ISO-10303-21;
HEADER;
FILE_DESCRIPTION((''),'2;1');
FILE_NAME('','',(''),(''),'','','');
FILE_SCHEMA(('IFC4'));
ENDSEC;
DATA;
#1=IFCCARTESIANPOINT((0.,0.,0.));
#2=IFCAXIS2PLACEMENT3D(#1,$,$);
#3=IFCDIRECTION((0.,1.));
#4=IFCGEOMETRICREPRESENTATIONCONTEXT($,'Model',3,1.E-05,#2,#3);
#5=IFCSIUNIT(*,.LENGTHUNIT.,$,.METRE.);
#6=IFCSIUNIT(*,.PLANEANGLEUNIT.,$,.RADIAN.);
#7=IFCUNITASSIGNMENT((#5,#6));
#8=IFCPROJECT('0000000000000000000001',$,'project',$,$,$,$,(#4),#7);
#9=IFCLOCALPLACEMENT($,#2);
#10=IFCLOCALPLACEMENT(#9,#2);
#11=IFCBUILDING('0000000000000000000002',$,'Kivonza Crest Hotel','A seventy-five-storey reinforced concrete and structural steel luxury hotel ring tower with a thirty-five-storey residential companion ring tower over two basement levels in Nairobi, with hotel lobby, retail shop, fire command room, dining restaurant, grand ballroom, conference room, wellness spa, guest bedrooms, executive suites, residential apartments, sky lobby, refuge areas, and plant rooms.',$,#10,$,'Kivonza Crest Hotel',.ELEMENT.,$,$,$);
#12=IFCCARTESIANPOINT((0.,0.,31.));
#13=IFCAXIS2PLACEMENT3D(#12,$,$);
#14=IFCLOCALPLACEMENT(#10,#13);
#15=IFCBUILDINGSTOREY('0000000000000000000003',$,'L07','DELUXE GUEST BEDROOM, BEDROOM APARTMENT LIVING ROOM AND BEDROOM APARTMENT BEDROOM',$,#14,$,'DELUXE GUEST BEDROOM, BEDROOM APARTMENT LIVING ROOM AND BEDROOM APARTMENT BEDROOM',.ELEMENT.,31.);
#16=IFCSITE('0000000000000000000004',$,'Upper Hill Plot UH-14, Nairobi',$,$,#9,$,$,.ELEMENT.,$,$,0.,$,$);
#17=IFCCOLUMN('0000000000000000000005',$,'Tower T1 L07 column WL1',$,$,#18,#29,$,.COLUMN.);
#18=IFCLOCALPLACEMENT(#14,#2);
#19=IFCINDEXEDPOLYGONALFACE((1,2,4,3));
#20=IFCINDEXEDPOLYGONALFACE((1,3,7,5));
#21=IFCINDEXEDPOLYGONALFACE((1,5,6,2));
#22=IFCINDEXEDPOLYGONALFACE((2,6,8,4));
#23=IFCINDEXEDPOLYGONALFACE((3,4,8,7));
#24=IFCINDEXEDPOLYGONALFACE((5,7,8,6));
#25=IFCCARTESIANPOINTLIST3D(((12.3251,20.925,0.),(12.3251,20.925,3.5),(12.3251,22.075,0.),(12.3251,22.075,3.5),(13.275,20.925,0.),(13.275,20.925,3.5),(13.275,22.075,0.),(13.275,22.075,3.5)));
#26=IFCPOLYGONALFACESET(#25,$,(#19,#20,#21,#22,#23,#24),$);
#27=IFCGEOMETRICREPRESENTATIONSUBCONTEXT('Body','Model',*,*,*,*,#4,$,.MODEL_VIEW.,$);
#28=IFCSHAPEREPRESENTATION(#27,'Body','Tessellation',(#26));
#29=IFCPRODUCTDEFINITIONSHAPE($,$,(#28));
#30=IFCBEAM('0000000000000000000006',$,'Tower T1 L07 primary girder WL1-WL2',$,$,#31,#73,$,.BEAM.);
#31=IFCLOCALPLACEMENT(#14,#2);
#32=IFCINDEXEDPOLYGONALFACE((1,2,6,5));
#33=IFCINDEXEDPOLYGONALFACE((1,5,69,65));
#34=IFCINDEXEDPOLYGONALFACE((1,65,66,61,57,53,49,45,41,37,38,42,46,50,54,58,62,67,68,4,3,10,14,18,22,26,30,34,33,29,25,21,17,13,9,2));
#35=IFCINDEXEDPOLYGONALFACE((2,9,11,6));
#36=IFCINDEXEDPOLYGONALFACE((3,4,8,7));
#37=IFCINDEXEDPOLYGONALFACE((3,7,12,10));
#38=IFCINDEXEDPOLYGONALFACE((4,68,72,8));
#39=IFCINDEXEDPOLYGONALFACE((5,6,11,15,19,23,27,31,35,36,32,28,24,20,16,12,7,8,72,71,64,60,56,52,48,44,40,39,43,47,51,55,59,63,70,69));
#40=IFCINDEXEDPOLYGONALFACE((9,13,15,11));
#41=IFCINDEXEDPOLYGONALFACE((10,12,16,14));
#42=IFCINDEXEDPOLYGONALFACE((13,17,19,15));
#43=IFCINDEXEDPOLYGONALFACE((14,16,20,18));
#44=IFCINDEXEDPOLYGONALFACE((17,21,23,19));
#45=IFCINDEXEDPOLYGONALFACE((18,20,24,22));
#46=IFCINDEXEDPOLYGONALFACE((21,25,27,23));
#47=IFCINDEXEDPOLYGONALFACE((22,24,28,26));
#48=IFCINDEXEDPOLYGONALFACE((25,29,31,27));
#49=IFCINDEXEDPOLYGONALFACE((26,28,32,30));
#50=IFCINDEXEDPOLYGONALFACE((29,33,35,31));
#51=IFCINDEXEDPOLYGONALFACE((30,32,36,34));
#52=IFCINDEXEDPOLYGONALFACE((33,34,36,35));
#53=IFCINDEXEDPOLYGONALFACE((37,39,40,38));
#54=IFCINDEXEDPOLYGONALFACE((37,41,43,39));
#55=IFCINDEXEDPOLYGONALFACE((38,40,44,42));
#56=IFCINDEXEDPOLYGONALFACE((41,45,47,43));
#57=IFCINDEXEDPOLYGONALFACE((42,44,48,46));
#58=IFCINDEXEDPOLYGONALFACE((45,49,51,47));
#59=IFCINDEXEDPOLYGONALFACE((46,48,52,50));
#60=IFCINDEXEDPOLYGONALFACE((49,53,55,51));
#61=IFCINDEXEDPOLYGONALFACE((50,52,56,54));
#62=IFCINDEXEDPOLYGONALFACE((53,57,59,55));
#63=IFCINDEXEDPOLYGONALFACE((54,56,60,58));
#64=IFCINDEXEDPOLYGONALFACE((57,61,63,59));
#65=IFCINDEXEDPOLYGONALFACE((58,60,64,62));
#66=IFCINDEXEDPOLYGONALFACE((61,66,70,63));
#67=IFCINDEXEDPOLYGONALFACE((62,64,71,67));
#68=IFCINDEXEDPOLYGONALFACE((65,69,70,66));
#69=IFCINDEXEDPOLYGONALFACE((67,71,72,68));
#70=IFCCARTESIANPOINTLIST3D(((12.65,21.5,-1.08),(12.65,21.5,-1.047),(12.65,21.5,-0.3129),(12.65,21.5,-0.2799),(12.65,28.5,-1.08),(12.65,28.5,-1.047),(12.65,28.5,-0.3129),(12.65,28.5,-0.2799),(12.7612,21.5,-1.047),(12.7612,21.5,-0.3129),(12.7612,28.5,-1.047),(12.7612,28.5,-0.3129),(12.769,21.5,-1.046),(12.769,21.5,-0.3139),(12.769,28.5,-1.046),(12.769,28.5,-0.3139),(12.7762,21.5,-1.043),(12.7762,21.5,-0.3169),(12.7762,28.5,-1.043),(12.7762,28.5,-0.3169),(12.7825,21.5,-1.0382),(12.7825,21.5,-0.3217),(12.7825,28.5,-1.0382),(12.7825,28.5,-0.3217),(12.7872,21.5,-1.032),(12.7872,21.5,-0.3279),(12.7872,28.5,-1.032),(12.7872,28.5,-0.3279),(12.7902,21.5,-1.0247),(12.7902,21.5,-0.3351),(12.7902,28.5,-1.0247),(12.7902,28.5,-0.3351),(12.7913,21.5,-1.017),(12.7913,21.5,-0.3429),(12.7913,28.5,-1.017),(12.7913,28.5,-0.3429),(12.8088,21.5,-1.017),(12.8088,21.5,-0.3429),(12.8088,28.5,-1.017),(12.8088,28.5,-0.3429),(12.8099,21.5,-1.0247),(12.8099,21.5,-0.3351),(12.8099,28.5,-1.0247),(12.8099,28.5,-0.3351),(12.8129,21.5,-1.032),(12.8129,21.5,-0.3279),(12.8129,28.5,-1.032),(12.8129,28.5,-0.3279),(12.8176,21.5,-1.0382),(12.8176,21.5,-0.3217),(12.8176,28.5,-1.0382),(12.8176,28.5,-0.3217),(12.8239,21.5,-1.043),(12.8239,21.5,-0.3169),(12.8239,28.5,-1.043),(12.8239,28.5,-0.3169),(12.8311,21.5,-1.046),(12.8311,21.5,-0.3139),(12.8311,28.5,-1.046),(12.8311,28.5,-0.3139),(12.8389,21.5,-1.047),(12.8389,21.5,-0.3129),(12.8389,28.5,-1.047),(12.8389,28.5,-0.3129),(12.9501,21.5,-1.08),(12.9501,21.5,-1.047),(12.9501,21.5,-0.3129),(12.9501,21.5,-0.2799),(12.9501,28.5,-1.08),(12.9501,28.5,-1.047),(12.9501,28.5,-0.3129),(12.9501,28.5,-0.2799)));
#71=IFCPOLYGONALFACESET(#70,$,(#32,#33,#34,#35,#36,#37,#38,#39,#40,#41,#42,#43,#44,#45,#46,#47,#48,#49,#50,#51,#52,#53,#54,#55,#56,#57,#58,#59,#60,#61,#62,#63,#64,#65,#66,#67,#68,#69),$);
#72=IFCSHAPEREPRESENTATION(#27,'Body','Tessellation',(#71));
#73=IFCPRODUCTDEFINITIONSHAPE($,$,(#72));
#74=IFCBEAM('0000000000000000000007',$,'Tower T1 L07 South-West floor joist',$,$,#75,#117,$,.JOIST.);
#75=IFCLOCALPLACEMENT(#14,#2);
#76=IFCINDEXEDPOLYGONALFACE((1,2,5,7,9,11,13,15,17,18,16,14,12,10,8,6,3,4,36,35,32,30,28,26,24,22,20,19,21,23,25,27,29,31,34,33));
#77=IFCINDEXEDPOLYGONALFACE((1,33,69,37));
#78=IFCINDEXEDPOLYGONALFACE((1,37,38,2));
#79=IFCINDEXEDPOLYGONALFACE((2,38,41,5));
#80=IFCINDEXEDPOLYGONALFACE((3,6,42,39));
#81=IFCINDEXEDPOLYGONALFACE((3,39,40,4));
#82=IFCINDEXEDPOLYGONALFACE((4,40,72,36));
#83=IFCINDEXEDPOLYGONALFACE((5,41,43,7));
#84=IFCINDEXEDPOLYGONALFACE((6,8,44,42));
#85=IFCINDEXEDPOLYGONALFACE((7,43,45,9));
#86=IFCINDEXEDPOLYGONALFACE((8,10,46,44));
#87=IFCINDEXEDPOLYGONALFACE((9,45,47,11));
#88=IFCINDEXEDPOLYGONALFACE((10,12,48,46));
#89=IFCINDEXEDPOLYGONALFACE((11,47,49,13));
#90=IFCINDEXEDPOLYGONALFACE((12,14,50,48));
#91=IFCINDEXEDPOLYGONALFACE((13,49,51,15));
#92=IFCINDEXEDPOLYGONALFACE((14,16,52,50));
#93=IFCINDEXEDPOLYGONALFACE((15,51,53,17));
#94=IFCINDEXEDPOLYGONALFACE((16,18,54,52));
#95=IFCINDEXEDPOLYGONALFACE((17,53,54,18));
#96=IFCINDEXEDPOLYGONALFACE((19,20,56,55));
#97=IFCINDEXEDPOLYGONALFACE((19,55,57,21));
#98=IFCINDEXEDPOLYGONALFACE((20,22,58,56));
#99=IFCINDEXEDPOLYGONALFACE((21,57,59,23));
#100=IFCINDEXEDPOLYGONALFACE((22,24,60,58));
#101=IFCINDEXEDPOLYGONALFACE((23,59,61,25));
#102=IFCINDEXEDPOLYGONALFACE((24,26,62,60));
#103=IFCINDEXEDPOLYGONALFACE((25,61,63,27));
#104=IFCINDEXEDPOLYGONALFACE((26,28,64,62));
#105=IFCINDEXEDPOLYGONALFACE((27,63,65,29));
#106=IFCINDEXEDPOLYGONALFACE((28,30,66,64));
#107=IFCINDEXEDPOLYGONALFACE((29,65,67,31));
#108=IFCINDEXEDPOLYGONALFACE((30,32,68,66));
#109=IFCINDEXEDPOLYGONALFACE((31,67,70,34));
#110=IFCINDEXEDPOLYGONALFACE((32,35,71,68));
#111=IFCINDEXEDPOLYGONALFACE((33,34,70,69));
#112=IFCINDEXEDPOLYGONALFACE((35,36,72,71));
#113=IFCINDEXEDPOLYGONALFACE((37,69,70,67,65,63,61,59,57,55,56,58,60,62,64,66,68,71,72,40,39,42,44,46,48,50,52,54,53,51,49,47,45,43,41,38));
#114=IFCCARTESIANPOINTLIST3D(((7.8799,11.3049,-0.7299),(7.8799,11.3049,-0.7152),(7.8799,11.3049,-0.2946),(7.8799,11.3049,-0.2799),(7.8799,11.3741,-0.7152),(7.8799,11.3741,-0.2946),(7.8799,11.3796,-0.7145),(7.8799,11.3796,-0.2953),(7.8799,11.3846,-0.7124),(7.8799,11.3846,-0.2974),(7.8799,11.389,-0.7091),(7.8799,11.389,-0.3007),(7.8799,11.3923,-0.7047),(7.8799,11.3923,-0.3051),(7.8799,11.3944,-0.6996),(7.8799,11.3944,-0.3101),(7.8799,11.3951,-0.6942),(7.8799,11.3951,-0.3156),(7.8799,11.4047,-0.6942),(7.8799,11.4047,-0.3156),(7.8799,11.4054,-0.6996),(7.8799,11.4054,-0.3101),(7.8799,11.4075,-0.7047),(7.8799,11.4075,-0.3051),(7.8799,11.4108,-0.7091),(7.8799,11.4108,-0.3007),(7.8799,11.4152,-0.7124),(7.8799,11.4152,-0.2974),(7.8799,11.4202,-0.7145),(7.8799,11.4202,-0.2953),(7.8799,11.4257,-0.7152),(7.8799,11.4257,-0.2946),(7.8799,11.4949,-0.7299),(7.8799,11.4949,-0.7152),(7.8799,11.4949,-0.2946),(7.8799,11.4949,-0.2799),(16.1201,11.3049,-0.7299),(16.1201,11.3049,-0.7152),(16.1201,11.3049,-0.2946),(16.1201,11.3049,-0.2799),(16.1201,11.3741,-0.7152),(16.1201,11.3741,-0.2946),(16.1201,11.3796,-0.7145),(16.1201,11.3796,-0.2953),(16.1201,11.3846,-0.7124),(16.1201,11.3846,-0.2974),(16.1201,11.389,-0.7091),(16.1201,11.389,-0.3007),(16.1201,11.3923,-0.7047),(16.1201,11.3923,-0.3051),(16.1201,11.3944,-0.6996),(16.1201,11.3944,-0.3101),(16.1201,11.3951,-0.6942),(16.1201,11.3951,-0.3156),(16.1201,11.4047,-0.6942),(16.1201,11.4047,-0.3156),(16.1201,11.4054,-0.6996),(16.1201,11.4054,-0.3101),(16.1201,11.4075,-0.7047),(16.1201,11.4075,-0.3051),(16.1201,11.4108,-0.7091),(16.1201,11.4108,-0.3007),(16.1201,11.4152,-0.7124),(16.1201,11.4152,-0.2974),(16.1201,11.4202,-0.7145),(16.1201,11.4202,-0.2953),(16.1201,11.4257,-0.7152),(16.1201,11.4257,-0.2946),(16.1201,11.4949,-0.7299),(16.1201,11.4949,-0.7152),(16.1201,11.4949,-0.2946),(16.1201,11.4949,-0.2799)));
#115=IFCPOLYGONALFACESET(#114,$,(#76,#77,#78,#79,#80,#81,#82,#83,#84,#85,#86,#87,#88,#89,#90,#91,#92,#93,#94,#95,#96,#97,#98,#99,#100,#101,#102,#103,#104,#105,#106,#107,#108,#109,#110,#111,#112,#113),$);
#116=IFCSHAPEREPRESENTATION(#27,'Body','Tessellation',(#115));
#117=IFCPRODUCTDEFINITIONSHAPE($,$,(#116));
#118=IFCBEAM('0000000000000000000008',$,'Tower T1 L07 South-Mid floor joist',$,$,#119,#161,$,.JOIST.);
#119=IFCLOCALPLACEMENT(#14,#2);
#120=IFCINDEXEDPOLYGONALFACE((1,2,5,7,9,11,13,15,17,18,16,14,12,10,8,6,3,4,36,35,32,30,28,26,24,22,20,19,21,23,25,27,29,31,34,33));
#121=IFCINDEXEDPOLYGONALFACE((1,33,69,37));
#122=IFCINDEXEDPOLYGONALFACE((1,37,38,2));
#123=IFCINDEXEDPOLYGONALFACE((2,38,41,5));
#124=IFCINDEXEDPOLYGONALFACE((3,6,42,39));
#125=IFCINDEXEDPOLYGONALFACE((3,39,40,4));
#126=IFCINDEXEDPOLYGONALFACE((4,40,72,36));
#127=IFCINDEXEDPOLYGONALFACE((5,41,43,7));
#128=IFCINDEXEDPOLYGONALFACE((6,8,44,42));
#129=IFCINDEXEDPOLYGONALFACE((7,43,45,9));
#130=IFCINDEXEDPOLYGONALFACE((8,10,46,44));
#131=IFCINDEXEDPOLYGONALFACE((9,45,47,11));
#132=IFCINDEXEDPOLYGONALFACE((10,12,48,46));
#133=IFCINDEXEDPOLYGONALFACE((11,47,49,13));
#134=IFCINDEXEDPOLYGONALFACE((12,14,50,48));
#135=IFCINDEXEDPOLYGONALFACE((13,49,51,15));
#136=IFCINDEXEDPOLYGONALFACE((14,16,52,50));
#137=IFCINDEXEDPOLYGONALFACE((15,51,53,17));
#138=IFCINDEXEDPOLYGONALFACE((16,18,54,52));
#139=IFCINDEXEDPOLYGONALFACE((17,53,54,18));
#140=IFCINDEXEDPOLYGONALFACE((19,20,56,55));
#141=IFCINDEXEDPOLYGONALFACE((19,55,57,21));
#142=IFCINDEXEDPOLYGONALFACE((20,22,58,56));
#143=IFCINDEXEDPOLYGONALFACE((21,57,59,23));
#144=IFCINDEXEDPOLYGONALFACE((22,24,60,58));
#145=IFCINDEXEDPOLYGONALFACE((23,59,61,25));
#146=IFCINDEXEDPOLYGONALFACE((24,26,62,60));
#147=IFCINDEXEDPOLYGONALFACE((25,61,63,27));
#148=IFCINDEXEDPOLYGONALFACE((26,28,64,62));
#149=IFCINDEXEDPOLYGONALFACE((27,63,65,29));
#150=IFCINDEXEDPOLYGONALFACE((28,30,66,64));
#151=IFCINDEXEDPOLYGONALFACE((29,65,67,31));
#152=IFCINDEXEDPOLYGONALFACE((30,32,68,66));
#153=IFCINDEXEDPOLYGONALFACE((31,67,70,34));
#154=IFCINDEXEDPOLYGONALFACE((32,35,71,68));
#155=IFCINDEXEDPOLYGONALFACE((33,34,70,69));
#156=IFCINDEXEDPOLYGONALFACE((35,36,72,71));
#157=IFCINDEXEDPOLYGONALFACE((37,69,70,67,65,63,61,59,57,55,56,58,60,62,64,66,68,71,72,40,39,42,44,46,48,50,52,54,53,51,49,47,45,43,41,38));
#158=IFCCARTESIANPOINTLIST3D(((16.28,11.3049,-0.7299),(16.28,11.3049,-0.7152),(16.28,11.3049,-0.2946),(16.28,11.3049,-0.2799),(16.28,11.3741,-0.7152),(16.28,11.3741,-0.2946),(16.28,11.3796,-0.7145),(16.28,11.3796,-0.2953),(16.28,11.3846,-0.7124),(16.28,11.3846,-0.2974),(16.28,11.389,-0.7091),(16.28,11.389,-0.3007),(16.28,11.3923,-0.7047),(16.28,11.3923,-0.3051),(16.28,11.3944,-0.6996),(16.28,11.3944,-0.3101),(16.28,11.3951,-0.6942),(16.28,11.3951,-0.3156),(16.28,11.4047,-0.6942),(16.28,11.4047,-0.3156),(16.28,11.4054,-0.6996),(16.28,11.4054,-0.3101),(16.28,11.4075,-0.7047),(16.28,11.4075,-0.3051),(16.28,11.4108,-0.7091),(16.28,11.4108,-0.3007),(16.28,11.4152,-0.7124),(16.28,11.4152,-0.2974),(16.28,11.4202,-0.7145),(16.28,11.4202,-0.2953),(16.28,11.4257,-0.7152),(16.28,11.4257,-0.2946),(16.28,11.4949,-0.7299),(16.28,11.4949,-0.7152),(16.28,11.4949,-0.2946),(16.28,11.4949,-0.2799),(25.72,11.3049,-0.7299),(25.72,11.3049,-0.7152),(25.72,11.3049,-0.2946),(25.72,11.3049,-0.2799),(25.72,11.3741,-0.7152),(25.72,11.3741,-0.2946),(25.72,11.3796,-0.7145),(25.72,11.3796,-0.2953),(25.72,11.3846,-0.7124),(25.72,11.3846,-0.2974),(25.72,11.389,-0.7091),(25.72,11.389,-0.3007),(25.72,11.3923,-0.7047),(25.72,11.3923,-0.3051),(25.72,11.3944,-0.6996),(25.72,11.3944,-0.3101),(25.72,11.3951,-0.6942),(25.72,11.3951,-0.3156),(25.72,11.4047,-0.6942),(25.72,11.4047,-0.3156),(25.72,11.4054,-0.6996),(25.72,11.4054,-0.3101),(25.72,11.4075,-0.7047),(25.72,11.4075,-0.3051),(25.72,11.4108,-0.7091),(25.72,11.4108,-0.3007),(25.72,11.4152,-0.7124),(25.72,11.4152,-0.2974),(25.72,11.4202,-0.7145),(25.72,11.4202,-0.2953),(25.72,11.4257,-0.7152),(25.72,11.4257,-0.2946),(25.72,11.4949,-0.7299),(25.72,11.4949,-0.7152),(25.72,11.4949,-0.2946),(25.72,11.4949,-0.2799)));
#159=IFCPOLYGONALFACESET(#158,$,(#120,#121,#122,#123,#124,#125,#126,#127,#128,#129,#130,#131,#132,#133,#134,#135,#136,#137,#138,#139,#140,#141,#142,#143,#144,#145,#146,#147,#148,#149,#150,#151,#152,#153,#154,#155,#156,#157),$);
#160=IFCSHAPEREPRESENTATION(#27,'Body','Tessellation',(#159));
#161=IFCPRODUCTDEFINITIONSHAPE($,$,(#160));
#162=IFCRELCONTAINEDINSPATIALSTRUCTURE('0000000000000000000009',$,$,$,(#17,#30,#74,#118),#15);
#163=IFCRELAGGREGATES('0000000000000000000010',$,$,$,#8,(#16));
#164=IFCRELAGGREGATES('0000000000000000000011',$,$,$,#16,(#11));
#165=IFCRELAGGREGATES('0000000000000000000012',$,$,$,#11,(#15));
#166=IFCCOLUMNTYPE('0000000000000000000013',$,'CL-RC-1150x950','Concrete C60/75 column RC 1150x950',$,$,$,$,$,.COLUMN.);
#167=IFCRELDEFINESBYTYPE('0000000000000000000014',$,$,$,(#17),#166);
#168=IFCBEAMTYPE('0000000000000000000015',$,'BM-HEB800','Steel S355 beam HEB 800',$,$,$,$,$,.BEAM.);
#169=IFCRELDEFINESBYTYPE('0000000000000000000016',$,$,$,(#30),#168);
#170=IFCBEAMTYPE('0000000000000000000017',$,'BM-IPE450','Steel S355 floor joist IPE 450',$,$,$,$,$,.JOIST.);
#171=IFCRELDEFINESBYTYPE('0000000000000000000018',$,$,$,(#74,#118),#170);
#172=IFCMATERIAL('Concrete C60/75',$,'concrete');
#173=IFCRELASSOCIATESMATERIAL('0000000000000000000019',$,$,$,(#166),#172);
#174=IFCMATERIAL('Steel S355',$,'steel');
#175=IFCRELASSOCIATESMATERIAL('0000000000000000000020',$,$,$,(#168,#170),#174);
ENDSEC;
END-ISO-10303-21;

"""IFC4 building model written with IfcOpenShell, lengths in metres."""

from ifc_helpers import new_model, si_unit, direction, frame, origin, origin_2d, place, context, subcontext, project, spatial, rectangle, i_section, extrude, material, material_profile, profile_set, type_object, element, save


model = new_model("IFC4")

# Units and contexts
model_context = context("Model", 3, precision=1e-05, world=origin(), true_north=direction((0.0, 1.0)))
body_context = subcontext(model_context, "Body", "Model", "MODEL_VIEW")
ifc_project = project(units=[si_unit("LENGTHUNIT", "METRE"), si_unit("PLANEANGLEUNIT", "RADIAN")], contexts=[model_context])

# Site, building, storey
site_placement = place(None, origin())
site = spatial("IfcSite", under=ifc_project, at=site_placement, Name="Upper Hill Plot UH-14, Nairobi", CompositionType="ELEMENT", RefElevation=0.0)
building_placement = place(site_placement, origin())
building = spatial("IfcBuilding", under=site, at=building_placement, Name="Kivonza Crest Hotel", Description="A seventy-five-storey reinforced concrete and structural steel luxury hotel ring tower with a thirty-five-storey residential companion ring tower over two basement levels in Nairobi, with hotel lobby, retail shop, fire command room, dining restaurant, grand ballroom, conference room, wellness spa, guest bedrooms, executive suites, residential apartments, sky lobby, refuge areas, and plant rooms.", LongName="Kivonza Crest Hotel", CompositionType="ELEMENT")
storey_placement = place(building_placement, frame((0.0, 0.0, 31.0)))
storey = spatial("IfcBuildingStorey", under=building, at=storey_placement, Name="L07", Description="DELUXE GUEST BEDROOM, BEDROOM APARTMENT LIVING ROOM AND BEDROOM APARTMENT BEDROOM", LongName="DELUXE GUEST BEDROOM, BEDROOM APARTMENT LIVING ROOM AND BEDROOM APARTMENT BEDROOM", CompositionType="ELEMENT", Elevation=31.0)

# Column
ifc_material_1 = material(Name="Concrete C60/75", Category="concrete")
ifc_material_profile_1 = material_profile(ifc_material_1, rectangle(XDim=0.95, YDim=1.1499, at=origin_2d()), Name="RC 1150x950")
ifc_profile_set_1 = profile_set([ifc_material_profile_1], Name="Concrete C60/75")
column_type = type_object("IfcColumnType", Name="CL-RC-1150x950", Description="Concrete C60/75 column RC 1150x950", PredefinedType="COLUMN", material=ifc_profile_set_1)
column_placement = place(storey_placement, frame((12.8, 21.5, 0.0), z_axis=(0.0, 0.0, 1.0), x_axis=(1.0, 0.0, 0.0)))
element("IfcColumn", 1, at=column_placement, inside=storey, type_object=column_type, Name="Tower T1 L07 column WL1", PredefinedType="COLUMN", context=body_context, shape_type="SweptSolid", body=[
    extrude(rectangle(XDim=0.95, YDim=1.1499, at=origin_2d()), origin(), (0.0, 0.0, 1.0), 3.5),
])

# Beams
ifc_material_2 = material(Name="Steel S355", Category="steel")
ifc_material_profile_2 = material_profile(ifc_material_2, i_section(OverallWidth=0.3, OverallDepth=0.8, WebThickness=0.0176, FlangeThickness=0.033, FilletRadius=0.03, at=origin_2d()), Name="HEB 800")
ifc_profile_set_2 = profile_set([ifc_material_profile_2], Name="Steel S355")
beam_type_1 = type_object("IfcBeamType", Name="BM-HEB800", Description="Steel S355 beam HEB 800", PredefinedType="BEAM", material=ifc_profile_set_2)
beam_1_placement = place(storey_placement, frame((12.8, 21.5, -0.6799), z_axis=(0.0, 1.0, 0.0), x_axis=(-1.0, 0.0, 0.0)))
element("IfcBeam", 2, at=beam_1_placement, inside=storey, type_object=beam_type_1, Name="Tower T1 L07 primary girder WL1-WL2", PredefinedType="BEAM", context=body_context, shape_type="SweptSolid", body=[
    extrude(i_section(OverallWidth=0.3, OverallDepth=0.8, WebThickness=0.0176, FlangeThickness=0.033, FilletRadius=0.03, at=origin_2d()), origin(), (0.0, 0.0, 1.0), 7.0),
])
ifc_material_profile_3 = material_profile(ifc_material_2, i_section(OverallWidth=0.1899, OverallDepth=0.45, WebThickness=0.0095, FlangeThickness=0.0146, FilletRadius=0.021, at=origin_2d()), Name="IPE 450")
ifc_profile_set_3 = profile_set([ifc_material_profile_3], Name="Steel S355")
beam_type_2 = type_object("IfcBeamType", Name="BM-IPE450", Description="Steel S355 floor joist IPE 450", PredefinedType="JOIST", material=ifc_profile_set_3)
beam_2_placement = place(storey_placement, frame((7.8799, 11.3999, -0.5049), z_axis=(1.0, 0.0, 0.0), x_axis=(0.0, 1.0, 0.0)))
element("IfcBeam", 3, at=beam_2_placement, inside=storey, type_object=beam_type_2, Name="Tower T1 L07 South-West floor joist", PredefinedType="JOIST", context=body_context, shape_type="SweptSolid", body=[
    extrude(i_section(OverallWidth=0.1899, OverallDepth=0.45, WebThickness=0.0095, FlangeThickness=0.0146, FilletRadius=0.021, at=origin_2d()), origin(), (0.0, 0.0, 1.0), 8.2402),
])
beam_3_placement = place(storey_placement, frame((16.28, 11.3999, -0.5049), z_axis=(1.0, 0.0, 0.0), x_axis=(0.0, 1.0, 0.0)))
element("IfcBeam", 4, at=beam_3_placement, inside=storey, type_object=beam_type_2, Name="Tower T1 L07 South-Mid floor joist", PredefinedType="JOIST", context=body_context, shape_type="SweptSolid", body=[
    extrude(i_section(OverallWidth=0.1899, OverallDepth=0.45, WebThickness=0.0095, FlangeThickness=0.0146, FilletRadius=0.021, at=origin_2d()), origin(), (0.0, 0.0, 1.0), 9.4399),
])

save(model, "model.ifc")
